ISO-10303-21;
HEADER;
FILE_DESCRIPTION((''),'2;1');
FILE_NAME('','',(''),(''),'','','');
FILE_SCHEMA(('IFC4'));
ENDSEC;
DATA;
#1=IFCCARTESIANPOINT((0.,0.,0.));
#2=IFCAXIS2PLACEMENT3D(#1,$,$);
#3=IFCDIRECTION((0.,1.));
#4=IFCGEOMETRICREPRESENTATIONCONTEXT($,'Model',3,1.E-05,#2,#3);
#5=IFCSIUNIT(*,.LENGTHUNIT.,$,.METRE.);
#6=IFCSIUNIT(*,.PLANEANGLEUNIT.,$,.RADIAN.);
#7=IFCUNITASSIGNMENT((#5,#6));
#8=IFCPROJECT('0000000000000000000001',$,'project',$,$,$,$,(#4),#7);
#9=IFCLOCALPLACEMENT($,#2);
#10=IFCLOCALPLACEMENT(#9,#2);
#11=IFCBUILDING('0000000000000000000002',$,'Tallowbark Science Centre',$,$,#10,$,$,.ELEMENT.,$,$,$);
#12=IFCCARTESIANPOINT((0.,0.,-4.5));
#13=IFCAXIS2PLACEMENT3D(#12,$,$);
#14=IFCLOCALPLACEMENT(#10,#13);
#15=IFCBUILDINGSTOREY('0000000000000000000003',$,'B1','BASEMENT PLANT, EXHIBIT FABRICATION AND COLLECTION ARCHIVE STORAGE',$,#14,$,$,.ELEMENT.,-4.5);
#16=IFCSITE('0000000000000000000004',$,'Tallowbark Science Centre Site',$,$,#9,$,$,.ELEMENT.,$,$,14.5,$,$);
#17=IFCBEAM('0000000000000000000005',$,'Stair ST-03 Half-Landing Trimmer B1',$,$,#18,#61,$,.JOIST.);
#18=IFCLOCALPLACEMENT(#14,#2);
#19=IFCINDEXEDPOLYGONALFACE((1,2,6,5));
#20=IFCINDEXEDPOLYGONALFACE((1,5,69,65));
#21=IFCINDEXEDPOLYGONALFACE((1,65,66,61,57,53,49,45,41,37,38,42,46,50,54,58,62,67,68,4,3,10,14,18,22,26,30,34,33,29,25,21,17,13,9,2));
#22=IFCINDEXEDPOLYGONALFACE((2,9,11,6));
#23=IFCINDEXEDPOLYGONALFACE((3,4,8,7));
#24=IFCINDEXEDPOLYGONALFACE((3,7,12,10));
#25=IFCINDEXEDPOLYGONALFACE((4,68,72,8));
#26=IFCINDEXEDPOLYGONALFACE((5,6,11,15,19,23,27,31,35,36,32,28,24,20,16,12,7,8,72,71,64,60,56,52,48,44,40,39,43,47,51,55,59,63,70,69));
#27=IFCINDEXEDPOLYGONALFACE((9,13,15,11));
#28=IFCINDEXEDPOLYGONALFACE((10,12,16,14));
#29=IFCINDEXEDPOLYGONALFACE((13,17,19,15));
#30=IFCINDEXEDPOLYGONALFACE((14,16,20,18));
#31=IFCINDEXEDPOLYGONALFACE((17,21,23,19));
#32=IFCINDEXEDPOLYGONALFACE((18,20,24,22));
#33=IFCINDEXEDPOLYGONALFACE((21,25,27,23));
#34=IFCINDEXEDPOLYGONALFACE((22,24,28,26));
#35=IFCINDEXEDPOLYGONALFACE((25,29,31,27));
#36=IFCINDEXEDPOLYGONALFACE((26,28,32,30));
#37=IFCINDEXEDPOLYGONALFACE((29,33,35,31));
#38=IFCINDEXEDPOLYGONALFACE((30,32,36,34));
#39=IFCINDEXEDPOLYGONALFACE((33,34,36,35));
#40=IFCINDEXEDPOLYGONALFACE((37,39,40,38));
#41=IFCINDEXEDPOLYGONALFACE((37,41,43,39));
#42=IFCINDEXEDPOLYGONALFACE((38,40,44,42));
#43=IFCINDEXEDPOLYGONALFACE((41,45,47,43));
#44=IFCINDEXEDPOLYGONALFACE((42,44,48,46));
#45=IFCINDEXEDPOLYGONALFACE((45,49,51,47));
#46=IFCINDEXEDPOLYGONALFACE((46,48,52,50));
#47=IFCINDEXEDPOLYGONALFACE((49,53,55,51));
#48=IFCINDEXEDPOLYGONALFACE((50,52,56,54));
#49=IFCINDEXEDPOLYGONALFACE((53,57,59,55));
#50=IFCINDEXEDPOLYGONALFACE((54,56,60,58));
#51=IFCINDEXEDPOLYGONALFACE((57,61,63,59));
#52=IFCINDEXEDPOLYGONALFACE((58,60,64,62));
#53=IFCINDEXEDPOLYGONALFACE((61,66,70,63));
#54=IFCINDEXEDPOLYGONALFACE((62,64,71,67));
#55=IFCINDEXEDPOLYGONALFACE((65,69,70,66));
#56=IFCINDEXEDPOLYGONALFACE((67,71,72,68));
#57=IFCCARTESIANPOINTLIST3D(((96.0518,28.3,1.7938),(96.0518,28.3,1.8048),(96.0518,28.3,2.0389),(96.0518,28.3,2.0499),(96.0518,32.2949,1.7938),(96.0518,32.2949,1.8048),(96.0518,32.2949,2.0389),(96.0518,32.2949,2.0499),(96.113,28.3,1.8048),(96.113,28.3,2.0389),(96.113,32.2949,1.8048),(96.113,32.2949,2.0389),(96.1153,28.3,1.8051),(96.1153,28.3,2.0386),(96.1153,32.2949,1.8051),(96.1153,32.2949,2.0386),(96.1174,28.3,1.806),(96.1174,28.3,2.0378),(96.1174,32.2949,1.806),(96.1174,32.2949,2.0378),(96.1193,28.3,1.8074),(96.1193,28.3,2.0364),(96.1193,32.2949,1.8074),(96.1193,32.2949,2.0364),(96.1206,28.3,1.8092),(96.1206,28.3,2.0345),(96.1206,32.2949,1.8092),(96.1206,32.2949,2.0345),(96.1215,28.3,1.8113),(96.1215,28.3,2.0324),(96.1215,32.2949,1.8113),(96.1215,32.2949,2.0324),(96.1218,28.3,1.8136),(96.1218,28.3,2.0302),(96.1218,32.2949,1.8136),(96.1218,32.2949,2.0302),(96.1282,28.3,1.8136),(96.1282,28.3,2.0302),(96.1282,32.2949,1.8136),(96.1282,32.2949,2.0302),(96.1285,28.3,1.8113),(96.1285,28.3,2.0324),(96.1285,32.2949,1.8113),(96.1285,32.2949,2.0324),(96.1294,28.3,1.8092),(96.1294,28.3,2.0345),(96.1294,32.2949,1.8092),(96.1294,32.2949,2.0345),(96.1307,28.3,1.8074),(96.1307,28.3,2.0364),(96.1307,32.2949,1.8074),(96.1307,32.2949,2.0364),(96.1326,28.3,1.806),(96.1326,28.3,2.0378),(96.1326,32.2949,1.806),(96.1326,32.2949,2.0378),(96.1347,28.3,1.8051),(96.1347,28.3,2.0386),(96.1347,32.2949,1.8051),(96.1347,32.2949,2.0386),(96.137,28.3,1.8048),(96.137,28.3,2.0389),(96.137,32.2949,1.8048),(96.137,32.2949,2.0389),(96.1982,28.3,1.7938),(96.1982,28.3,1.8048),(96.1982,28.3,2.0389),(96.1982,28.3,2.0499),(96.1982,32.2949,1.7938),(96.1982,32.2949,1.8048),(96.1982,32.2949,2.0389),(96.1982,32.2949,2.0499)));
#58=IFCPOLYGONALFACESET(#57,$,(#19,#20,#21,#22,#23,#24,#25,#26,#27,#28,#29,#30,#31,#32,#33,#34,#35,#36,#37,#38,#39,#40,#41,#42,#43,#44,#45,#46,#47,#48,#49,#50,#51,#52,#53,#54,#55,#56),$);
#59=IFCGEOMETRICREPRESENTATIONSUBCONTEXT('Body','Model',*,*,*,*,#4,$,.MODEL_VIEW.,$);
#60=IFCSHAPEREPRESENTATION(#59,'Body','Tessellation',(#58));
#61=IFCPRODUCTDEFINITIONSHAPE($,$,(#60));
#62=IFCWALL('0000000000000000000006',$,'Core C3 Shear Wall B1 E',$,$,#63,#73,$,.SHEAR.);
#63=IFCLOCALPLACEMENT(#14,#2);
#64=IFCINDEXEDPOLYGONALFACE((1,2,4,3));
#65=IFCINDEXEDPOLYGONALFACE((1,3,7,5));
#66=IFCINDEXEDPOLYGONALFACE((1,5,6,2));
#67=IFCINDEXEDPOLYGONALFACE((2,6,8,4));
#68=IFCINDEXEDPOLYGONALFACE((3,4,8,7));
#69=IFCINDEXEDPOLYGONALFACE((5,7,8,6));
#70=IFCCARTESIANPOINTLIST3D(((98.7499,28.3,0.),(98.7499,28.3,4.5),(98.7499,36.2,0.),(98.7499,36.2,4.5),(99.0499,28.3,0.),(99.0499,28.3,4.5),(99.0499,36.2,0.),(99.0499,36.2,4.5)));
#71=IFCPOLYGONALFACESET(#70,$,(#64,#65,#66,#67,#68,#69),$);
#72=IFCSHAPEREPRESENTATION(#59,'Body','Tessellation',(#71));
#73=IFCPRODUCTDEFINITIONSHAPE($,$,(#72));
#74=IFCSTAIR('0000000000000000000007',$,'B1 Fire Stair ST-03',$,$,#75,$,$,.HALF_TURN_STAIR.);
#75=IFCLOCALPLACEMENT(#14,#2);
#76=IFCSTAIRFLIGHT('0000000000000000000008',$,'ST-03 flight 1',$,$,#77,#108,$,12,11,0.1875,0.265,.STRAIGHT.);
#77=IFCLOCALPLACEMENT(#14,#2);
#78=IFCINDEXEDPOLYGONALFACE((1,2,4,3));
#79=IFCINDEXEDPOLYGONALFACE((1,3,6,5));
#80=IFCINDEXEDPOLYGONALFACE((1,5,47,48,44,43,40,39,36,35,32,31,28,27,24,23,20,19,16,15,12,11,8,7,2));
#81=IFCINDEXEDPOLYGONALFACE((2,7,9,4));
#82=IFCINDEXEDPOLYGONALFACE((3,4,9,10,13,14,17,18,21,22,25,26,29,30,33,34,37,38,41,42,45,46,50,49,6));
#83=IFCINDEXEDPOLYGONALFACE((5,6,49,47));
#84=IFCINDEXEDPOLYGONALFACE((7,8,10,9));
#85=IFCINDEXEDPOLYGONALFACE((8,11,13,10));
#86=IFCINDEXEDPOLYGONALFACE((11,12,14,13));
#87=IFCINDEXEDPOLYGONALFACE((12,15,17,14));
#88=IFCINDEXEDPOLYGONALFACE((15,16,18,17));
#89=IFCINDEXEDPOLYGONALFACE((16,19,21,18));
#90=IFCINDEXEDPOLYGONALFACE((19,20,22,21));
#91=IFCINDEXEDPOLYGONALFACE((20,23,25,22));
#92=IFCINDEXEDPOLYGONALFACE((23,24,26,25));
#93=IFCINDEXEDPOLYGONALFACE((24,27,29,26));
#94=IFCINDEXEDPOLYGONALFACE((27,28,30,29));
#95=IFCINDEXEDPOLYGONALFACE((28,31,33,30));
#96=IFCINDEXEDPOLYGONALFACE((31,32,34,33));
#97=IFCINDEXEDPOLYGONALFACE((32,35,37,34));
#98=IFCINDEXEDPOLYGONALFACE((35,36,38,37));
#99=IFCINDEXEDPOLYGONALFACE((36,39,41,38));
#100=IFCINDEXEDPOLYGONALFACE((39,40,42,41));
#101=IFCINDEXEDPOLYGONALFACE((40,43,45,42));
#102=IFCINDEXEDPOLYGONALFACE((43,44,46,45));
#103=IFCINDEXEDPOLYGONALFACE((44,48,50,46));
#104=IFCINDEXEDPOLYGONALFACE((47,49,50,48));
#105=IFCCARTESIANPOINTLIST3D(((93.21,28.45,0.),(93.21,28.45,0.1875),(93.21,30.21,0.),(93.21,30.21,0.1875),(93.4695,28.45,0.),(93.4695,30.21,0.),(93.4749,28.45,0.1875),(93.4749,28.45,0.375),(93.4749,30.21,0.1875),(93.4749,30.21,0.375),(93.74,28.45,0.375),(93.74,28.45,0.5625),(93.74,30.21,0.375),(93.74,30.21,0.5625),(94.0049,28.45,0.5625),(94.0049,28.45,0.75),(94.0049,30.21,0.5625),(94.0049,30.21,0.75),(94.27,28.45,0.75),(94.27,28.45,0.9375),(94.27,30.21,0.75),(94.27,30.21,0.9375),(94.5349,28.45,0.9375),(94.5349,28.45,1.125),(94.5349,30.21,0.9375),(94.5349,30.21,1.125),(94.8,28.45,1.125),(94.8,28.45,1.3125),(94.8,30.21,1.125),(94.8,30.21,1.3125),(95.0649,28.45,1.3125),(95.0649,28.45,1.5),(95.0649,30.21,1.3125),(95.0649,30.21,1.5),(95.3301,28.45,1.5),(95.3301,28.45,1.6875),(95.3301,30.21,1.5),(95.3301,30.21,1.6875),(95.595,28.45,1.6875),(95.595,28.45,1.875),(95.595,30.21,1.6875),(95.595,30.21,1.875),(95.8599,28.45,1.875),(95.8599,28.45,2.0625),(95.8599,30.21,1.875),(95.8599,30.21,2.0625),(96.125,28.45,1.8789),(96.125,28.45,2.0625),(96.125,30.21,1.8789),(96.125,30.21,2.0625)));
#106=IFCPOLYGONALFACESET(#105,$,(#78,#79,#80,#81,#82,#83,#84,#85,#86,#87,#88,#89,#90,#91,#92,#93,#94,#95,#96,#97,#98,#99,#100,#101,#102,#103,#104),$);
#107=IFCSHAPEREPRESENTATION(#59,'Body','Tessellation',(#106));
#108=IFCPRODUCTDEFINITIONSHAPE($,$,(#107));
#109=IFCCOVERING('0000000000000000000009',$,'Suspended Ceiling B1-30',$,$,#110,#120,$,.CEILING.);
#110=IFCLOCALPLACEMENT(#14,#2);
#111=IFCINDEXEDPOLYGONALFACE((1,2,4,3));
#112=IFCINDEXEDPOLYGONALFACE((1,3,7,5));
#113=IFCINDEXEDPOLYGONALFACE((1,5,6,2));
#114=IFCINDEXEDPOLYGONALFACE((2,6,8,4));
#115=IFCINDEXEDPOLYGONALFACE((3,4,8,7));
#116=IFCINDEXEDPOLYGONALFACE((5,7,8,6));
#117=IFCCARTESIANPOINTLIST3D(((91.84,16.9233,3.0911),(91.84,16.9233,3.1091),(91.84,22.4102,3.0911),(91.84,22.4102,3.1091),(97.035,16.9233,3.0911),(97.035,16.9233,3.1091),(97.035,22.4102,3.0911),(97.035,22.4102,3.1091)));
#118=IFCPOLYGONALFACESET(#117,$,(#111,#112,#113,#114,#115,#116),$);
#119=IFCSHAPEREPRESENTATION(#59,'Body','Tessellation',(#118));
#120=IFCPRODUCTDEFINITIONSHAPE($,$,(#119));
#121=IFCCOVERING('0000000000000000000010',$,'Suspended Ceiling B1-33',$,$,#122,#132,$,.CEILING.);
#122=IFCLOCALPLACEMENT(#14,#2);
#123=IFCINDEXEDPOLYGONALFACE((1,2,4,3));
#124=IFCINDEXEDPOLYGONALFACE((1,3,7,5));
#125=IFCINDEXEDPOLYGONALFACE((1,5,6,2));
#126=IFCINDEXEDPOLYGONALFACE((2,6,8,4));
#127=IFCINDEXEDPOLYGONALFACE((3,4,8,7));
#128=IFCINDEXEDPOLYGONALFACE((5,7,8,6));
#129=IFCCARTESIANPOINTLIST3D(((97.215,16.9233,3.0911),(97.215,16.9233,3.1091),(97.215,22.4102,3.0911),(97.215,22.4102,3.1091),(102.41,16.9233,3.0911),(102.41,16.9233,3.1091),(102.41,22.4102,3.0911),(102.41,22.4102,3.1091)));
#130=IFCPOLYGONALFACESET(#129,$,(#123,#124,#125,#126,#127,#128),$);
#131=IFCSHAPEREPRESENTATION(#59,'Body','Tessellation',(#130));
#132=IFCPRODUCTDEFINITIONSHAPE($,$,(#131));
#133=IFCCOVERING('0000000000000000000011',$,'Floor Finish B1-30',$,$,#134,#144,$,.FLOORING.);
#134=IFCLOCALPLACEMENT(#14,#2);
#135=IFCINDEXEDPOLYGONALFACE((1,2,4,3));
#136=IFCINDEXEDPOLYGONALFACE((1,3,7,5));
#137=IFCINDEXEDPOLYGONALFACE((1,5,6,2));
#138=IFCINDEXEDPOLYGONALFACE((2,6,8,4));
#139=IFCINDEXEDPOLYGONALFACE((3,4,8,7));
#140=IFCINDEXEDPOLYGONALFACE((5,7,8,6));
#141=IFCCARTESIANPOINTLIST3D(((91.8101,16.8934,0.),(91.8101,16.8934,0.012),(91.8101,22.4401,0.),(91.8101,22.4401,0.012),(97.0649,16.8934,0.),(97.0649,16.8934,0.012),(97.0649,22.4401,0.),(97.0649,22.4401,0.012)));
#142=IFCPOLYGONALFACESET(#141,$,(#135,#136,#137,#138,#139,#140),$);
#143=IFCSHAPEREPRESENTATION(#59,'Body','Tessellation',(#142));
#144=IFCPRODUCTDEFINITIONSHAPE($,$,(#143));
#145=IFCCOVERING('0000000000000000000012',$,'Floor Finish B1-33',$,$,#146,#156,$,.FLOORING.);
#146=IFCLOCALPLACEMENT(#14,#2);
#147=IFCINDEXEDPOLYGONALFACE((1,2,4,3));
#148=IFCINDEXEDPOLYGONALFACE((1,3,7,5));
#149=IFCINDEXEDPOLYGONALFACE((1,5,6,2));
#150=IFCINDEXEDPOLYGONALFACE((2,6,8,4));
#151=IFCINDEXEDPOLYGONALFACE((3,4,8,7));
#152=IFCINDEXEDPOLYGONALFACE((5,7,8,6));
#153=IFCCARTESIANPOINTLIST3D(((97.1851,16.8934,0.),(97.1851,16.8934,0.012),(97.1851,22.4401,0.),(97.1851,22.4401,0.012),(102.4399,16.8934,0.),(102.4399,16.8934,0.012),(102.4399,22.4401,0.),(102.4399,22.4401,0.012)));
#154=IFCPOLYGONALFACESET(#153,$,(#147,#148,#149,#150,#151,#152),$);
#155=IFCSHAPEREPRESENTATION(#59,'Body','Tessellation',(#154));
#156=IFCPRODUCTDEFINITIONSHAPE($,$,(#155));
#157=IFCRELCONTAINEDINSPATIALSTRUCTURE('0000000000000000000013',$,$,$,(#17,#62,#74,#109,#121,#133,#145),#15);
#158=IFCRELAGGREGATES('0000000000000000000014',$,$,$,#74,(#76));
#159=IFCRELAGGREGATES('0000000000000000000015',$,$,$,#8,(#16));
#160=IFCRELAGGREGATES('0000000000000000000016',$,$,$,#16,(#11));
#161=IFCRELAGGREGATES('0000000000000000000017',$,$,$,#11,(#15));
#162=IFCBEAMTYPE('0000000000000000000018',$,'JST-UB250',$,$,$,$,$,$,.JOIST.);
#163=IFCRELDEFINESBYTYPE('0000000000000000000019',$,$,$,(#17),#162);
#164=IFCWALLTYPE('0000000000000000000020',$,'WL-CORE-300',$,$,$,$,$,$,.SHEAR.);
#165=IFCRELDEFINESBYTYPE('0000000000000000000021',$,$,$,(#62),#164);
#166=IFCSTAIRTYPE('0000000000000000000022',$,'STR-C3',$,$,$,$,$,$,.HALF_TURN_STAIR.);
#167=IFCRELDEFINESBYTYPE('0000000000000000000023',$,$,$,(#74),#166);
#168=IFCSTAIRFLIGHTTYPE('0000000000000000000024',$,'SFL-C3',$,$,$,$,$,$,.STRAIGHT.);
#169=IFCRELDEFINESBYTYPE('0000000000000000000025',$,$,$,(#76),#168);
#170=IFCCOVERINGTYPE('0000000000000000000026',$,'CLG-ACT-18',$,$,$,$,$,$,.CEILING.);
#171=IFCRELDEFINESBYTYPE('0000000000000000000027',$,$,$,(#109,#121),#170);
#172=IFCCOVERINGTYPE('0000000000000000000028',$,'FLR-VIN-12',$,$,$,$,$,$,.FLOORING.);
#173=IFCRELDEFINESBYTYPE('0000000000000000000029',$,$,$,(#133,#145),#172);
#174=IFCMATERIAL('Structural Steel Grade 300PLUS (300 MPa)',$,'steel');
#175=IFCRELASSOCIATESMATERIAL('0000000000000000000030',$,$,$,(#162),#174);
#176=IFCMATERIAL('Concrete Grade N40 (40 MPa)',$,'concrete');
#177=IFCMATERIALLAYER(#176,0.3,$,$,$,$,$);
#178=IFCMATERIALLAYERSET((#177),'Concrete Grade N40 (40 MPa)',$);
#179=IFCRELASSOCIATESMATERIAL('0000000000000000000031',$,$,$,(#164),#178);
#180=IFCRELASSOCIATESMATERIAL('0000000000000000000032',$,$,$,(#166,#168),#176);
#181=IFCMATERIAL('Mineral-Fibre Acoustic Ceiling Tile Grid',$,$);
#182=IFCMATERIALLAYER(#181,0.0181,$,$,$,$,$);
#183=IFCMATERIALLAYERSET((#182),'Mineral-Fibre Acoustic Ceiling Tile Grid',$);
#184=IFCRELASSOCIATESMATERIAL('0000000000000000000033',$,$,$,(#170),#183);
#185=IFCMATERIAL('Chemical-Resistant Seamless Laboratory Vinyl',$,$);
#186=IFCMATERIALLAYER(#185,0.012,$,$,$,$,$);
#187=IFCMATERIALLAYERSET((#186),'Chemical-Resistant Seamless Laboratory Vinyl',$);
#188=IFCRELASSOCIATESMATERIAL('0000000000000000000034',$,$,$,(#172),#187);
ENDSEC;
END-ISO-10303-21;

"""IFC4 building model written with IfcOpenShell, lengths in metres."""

from ifc_helpers import new_model, si_unit, direction, frame, frame_2d, origin, origin_2d, place, context, subcontext, project, spatial, polyline, rectangle, i_section, outline, extrude, material, layer, layer_set, material_profile, profile_set, type_object, element, aggregate, save


model = new_model("IFC4")

# Units and contexts
model_context = context("Model", 3, precision=1e-05, world=origin(), true_north=direction((0.0, 1.0)))
body_context = subcontext(model_context, "Body", "Model", "MODEL_VIEW")
ifc_project = project(units=[si_unit("LENGTHUNIT", "METRE"), si_unit("PLANEANGLEUNIT", "RADIAN")], contexts=[model_context])

# Site, building, storey
site_placement = place(None, origin())
site = spatial("IfcSite", under=ifc_project, at=site_placement, Name="Tallowbark Science Centre Site", CompositionType="ELEMENT", RefElevation=14.5)
building_placement = place(site_placement, origin())
building = spatial("IfcBuilding", under=site, at=building_placement, Name="Tallowbark Science Centre", CompositionType="ELEMENT")
storey_placement = place(building_placement, frame((0.0, 0.0, -4.5)))
storey = spatial("IfcBuildingStorey", under=building, at=storey_placement, Name="B1", Description="BASEMENT PLANT, EXHIBIT FABRICATION AND COLLECTION ARCHIVE STORAGE", CompositionType="ELEMENT", Elevation=-4.5)

# Shared definitions
ifc_material_1 = material(Name="Concrete Grade N40 (40 MPa)", Category="concrete")

# Shared definitions
ifc_material_2 = material(Name="Structural Steel Grade 300PLUS (300 MPa)", Category="steel")

# Beam
ifc_material_profile_1 = material_profile(ifc_material_2, i_section(OverallWidth=0.1465, OverallDepth=0.2561, WebThickness=0.0063, FlangeThickness=0.011, FilletRadius=0.0088, at=origin_2d()), Name="250UB37.3")
ifc_profile_set_1 = profile_set([ifc_material_profile_1], Name="Structural Steel Grade 300PLUS (300 MPa)")
beam_type_1 = type_object("IfcBeamType", Name="JST-UB250", PredefinedType="JOIST", material=ifc_profile_set_1)
beam_1_placement = place(storey_placement, frame((96.125, 28.3, 1.9219), z_axis=(0.0, 1.0, 0.0), x_axis=(-1.0, 0.0, 0.0)))
element("IfcBeam", 1, at=beam_1_placement, inside=storey, type_object=beam_type_1, Name="Stair ST-03 Half-Landing Trimmer B1", PredefinedType="JOIST", context=body_context, shape_type="SweptSolid", body=[
    extrude(i_section(OverallWidth=0.1465, OverallDepth=0.2561, WebThickness=0.0063, FlangeThickness=0.011, FilletRadius=0.0088, at=origin_2d()), origin(), (0.0, 0.0, 1.0), 3.9949),
])

# Wall
ifc_layer_1 = layer(ifc_material_1, 0.3)
ifc_layer_set_1 = layer_set([ifc_layer_1], Name="Concrete Grade N40 (40 MPa)")
wall_type = type_object("IfcWallType", Name="WL-CORE-300", PredefinedType="SHEAR", material=ifc_layer_set_1)
wall_placement = place(storey_placement, frame((98.8999, 28.3, 0.0), z_axis=(0.0, 0.0, 1.0), x_axis=(0.0, 1.0, 0.0)))
element("IfcWall", 2, at=wall_placement, inside=storey, type_object=wall_type, Name="Core C3 Shear Wall B1 E", PredefinedType="SHEAR", context=body_context, shape_type="SweptSolid", body=[
    extrude(rectangle(XDim=7.8999, YDim=0.3, at=frame_2d((3.95, 0.0))), origin(), (0.0, 0.0, 1.0), 4.5),
])

# Stair, stair flight
stair_type = type_object("IfcStairType", Name="STR-C3", PredefinedType="HALF_TURN_STAIR", material=ifc_material_1)
stair_placement = place(storey_placement, origin())
stair = element("IfcStair", 3, at=stair_placement, inside=storey, type_object=stair_type, Name="B1 Fire Stair ST-03", PredefinedType="HALF_TURN_STAIR")
stair_flight_type = type_object("IfcStairFlightType", Name="SFL-C3", PredefinedType="STRAIGHT", material=ifc_material_1)
stair_flight_placement = place(storey_placement, frame((93.21, 29.3301, 0.0), z_axis=(0.0, 0.0, 1.0), x_axis=(1.0, 0.0, 0.0)))
stair_flight = element("IfcStairFlight", 4, at=stair_flight_placement, type_object=stair_flight_type, Name="ST-03 flight 1", NumberOfRisers=12, NumberOfTreads=11, PredefinedType="STRAIGHT", RiserHeight=0.1875, TreadLength=0.265, context=body_context, shape_type="SweptSolid", body=[
    extrude(outline(polyline([(0.0, 0.0), (0.0, 0.1875), (0.2649, 0.1875), (0.2649, 0.375), (0.53, 0.375), (0.53, 0.5625), (0.7949, 0.5625), (0.7949, 0.75), (1.0601, 0.75), (1.0601, 0.9375), (1.325, 0.9375), (1.325, 1.125), (1.5901, 1.125), (1.5901, 1.3125), (1.855, 1.3125), (1.855, 1.5), (2.1201, 1.5), (2.1201, 1.6875), (2.385, 1.6875), (2.385, 1.875), (2.6499, 1.875), (2.6499, 2.0625), (2.915, 2.0625), (2.915, 2.25), (2.915, 1.8789), (0.2595, 0.0), (0.0, 0.0)])), frame((0.0, 0.8799, 0.0), z_axis=(0.0, -1.0, 0.0), x_axis=(1.0, 0.0, 0.0)), (0.0, 0.0, 1.0), 1.76),
])
aggregate(stair, [stair_flight])

# Coverings
ifc_material_3 = material(Name="Mineral-Fibre Acoustic Ceiling Tile Grid")
ifc_layer_2 = layer(ifc_material_3, 0.0181)
ifc_layer_set_2 = layer_set([ifc_layer_2], Name="Mineral-Fibre Acoustic Ceiling Tile Grid")
covering_type_1 = type_object("IfcCoveringType", Name="CLG-ACT-18", PredefinedType="CEILING", material=ifc_layer_set_2)
for number, where, z_axis, x_axis, name in (
    (5, (94.4375, 19.6667, 3.0911), (0.0, 0.0, 1.0), (1.0, 0.0, 0.0), "Suspended Ceiling B1-30"),
    (6, (99.8125, 19.6667, 3.0911), (0.0, 0.0, 1.0), (1.0, 0.0, 0.0), "Suspended Ceiling B1-33"),
):
    element("IfcCovering", number, at=place(storey_placement, frame(where, z_axis=z_axis, x_axis=x_axis)), inside=storey, type_object=covering_type_1, Name=name, PredefinedType="CEILING", context=body_context, shape_type="SweptSolid", body=[
        extrude(rectangle(XDim=5.1951, YDim=5.4868, at=origin_2d()), origin(), (0.0, 0.0, 1.0), 0.0181),
    ])
ifc_material_4 = material(Name="Chemical-Resistant Seamless Laboratory Vinyl")
ifc_layer_3 = layer(ifc_material_4, 0.012)
ifc_layer_set_3 = layer_set([ifc_layer_3], Name="Chemical-Resistant Seamless Laboratory Vinyl")
covering_type_2 = type_object("IfcCoveringType", Name="FLR-VIN-12", PredefinedType="FLOORING", material=ifc_layer_set_3)
for number, where, z_axis, x_axis, name in (
    (7, (94.4375, 19.6667, 0.0), (0.0, 0.0, 1.0), (1.0, 0.0, 0.0), "Floor Finish B1-30"),
    (8, (99.8125, 19.6667, 0.0), (0.0, 0.0, 1.0), (1.0, 0.0, 0.0), "Floor Finish B1-33"),
):
    element("IfcCovering", number, at=place(storey_placement, frame(where, z_axis=z_axis, x_axis=x_axis)), inside=storey, type_object=covering_type_2, Name=name, PredefinedType="FLOORING", context=body_context, shape_type="SweptSolid", body=[
        extrude(rectangle(XDim=5.2549, YDim=5.5466, at=origin_2d()), origin(), (0.0, 0.0, 1.0), 0.012),
    ])

save(model, "model.ifc")
